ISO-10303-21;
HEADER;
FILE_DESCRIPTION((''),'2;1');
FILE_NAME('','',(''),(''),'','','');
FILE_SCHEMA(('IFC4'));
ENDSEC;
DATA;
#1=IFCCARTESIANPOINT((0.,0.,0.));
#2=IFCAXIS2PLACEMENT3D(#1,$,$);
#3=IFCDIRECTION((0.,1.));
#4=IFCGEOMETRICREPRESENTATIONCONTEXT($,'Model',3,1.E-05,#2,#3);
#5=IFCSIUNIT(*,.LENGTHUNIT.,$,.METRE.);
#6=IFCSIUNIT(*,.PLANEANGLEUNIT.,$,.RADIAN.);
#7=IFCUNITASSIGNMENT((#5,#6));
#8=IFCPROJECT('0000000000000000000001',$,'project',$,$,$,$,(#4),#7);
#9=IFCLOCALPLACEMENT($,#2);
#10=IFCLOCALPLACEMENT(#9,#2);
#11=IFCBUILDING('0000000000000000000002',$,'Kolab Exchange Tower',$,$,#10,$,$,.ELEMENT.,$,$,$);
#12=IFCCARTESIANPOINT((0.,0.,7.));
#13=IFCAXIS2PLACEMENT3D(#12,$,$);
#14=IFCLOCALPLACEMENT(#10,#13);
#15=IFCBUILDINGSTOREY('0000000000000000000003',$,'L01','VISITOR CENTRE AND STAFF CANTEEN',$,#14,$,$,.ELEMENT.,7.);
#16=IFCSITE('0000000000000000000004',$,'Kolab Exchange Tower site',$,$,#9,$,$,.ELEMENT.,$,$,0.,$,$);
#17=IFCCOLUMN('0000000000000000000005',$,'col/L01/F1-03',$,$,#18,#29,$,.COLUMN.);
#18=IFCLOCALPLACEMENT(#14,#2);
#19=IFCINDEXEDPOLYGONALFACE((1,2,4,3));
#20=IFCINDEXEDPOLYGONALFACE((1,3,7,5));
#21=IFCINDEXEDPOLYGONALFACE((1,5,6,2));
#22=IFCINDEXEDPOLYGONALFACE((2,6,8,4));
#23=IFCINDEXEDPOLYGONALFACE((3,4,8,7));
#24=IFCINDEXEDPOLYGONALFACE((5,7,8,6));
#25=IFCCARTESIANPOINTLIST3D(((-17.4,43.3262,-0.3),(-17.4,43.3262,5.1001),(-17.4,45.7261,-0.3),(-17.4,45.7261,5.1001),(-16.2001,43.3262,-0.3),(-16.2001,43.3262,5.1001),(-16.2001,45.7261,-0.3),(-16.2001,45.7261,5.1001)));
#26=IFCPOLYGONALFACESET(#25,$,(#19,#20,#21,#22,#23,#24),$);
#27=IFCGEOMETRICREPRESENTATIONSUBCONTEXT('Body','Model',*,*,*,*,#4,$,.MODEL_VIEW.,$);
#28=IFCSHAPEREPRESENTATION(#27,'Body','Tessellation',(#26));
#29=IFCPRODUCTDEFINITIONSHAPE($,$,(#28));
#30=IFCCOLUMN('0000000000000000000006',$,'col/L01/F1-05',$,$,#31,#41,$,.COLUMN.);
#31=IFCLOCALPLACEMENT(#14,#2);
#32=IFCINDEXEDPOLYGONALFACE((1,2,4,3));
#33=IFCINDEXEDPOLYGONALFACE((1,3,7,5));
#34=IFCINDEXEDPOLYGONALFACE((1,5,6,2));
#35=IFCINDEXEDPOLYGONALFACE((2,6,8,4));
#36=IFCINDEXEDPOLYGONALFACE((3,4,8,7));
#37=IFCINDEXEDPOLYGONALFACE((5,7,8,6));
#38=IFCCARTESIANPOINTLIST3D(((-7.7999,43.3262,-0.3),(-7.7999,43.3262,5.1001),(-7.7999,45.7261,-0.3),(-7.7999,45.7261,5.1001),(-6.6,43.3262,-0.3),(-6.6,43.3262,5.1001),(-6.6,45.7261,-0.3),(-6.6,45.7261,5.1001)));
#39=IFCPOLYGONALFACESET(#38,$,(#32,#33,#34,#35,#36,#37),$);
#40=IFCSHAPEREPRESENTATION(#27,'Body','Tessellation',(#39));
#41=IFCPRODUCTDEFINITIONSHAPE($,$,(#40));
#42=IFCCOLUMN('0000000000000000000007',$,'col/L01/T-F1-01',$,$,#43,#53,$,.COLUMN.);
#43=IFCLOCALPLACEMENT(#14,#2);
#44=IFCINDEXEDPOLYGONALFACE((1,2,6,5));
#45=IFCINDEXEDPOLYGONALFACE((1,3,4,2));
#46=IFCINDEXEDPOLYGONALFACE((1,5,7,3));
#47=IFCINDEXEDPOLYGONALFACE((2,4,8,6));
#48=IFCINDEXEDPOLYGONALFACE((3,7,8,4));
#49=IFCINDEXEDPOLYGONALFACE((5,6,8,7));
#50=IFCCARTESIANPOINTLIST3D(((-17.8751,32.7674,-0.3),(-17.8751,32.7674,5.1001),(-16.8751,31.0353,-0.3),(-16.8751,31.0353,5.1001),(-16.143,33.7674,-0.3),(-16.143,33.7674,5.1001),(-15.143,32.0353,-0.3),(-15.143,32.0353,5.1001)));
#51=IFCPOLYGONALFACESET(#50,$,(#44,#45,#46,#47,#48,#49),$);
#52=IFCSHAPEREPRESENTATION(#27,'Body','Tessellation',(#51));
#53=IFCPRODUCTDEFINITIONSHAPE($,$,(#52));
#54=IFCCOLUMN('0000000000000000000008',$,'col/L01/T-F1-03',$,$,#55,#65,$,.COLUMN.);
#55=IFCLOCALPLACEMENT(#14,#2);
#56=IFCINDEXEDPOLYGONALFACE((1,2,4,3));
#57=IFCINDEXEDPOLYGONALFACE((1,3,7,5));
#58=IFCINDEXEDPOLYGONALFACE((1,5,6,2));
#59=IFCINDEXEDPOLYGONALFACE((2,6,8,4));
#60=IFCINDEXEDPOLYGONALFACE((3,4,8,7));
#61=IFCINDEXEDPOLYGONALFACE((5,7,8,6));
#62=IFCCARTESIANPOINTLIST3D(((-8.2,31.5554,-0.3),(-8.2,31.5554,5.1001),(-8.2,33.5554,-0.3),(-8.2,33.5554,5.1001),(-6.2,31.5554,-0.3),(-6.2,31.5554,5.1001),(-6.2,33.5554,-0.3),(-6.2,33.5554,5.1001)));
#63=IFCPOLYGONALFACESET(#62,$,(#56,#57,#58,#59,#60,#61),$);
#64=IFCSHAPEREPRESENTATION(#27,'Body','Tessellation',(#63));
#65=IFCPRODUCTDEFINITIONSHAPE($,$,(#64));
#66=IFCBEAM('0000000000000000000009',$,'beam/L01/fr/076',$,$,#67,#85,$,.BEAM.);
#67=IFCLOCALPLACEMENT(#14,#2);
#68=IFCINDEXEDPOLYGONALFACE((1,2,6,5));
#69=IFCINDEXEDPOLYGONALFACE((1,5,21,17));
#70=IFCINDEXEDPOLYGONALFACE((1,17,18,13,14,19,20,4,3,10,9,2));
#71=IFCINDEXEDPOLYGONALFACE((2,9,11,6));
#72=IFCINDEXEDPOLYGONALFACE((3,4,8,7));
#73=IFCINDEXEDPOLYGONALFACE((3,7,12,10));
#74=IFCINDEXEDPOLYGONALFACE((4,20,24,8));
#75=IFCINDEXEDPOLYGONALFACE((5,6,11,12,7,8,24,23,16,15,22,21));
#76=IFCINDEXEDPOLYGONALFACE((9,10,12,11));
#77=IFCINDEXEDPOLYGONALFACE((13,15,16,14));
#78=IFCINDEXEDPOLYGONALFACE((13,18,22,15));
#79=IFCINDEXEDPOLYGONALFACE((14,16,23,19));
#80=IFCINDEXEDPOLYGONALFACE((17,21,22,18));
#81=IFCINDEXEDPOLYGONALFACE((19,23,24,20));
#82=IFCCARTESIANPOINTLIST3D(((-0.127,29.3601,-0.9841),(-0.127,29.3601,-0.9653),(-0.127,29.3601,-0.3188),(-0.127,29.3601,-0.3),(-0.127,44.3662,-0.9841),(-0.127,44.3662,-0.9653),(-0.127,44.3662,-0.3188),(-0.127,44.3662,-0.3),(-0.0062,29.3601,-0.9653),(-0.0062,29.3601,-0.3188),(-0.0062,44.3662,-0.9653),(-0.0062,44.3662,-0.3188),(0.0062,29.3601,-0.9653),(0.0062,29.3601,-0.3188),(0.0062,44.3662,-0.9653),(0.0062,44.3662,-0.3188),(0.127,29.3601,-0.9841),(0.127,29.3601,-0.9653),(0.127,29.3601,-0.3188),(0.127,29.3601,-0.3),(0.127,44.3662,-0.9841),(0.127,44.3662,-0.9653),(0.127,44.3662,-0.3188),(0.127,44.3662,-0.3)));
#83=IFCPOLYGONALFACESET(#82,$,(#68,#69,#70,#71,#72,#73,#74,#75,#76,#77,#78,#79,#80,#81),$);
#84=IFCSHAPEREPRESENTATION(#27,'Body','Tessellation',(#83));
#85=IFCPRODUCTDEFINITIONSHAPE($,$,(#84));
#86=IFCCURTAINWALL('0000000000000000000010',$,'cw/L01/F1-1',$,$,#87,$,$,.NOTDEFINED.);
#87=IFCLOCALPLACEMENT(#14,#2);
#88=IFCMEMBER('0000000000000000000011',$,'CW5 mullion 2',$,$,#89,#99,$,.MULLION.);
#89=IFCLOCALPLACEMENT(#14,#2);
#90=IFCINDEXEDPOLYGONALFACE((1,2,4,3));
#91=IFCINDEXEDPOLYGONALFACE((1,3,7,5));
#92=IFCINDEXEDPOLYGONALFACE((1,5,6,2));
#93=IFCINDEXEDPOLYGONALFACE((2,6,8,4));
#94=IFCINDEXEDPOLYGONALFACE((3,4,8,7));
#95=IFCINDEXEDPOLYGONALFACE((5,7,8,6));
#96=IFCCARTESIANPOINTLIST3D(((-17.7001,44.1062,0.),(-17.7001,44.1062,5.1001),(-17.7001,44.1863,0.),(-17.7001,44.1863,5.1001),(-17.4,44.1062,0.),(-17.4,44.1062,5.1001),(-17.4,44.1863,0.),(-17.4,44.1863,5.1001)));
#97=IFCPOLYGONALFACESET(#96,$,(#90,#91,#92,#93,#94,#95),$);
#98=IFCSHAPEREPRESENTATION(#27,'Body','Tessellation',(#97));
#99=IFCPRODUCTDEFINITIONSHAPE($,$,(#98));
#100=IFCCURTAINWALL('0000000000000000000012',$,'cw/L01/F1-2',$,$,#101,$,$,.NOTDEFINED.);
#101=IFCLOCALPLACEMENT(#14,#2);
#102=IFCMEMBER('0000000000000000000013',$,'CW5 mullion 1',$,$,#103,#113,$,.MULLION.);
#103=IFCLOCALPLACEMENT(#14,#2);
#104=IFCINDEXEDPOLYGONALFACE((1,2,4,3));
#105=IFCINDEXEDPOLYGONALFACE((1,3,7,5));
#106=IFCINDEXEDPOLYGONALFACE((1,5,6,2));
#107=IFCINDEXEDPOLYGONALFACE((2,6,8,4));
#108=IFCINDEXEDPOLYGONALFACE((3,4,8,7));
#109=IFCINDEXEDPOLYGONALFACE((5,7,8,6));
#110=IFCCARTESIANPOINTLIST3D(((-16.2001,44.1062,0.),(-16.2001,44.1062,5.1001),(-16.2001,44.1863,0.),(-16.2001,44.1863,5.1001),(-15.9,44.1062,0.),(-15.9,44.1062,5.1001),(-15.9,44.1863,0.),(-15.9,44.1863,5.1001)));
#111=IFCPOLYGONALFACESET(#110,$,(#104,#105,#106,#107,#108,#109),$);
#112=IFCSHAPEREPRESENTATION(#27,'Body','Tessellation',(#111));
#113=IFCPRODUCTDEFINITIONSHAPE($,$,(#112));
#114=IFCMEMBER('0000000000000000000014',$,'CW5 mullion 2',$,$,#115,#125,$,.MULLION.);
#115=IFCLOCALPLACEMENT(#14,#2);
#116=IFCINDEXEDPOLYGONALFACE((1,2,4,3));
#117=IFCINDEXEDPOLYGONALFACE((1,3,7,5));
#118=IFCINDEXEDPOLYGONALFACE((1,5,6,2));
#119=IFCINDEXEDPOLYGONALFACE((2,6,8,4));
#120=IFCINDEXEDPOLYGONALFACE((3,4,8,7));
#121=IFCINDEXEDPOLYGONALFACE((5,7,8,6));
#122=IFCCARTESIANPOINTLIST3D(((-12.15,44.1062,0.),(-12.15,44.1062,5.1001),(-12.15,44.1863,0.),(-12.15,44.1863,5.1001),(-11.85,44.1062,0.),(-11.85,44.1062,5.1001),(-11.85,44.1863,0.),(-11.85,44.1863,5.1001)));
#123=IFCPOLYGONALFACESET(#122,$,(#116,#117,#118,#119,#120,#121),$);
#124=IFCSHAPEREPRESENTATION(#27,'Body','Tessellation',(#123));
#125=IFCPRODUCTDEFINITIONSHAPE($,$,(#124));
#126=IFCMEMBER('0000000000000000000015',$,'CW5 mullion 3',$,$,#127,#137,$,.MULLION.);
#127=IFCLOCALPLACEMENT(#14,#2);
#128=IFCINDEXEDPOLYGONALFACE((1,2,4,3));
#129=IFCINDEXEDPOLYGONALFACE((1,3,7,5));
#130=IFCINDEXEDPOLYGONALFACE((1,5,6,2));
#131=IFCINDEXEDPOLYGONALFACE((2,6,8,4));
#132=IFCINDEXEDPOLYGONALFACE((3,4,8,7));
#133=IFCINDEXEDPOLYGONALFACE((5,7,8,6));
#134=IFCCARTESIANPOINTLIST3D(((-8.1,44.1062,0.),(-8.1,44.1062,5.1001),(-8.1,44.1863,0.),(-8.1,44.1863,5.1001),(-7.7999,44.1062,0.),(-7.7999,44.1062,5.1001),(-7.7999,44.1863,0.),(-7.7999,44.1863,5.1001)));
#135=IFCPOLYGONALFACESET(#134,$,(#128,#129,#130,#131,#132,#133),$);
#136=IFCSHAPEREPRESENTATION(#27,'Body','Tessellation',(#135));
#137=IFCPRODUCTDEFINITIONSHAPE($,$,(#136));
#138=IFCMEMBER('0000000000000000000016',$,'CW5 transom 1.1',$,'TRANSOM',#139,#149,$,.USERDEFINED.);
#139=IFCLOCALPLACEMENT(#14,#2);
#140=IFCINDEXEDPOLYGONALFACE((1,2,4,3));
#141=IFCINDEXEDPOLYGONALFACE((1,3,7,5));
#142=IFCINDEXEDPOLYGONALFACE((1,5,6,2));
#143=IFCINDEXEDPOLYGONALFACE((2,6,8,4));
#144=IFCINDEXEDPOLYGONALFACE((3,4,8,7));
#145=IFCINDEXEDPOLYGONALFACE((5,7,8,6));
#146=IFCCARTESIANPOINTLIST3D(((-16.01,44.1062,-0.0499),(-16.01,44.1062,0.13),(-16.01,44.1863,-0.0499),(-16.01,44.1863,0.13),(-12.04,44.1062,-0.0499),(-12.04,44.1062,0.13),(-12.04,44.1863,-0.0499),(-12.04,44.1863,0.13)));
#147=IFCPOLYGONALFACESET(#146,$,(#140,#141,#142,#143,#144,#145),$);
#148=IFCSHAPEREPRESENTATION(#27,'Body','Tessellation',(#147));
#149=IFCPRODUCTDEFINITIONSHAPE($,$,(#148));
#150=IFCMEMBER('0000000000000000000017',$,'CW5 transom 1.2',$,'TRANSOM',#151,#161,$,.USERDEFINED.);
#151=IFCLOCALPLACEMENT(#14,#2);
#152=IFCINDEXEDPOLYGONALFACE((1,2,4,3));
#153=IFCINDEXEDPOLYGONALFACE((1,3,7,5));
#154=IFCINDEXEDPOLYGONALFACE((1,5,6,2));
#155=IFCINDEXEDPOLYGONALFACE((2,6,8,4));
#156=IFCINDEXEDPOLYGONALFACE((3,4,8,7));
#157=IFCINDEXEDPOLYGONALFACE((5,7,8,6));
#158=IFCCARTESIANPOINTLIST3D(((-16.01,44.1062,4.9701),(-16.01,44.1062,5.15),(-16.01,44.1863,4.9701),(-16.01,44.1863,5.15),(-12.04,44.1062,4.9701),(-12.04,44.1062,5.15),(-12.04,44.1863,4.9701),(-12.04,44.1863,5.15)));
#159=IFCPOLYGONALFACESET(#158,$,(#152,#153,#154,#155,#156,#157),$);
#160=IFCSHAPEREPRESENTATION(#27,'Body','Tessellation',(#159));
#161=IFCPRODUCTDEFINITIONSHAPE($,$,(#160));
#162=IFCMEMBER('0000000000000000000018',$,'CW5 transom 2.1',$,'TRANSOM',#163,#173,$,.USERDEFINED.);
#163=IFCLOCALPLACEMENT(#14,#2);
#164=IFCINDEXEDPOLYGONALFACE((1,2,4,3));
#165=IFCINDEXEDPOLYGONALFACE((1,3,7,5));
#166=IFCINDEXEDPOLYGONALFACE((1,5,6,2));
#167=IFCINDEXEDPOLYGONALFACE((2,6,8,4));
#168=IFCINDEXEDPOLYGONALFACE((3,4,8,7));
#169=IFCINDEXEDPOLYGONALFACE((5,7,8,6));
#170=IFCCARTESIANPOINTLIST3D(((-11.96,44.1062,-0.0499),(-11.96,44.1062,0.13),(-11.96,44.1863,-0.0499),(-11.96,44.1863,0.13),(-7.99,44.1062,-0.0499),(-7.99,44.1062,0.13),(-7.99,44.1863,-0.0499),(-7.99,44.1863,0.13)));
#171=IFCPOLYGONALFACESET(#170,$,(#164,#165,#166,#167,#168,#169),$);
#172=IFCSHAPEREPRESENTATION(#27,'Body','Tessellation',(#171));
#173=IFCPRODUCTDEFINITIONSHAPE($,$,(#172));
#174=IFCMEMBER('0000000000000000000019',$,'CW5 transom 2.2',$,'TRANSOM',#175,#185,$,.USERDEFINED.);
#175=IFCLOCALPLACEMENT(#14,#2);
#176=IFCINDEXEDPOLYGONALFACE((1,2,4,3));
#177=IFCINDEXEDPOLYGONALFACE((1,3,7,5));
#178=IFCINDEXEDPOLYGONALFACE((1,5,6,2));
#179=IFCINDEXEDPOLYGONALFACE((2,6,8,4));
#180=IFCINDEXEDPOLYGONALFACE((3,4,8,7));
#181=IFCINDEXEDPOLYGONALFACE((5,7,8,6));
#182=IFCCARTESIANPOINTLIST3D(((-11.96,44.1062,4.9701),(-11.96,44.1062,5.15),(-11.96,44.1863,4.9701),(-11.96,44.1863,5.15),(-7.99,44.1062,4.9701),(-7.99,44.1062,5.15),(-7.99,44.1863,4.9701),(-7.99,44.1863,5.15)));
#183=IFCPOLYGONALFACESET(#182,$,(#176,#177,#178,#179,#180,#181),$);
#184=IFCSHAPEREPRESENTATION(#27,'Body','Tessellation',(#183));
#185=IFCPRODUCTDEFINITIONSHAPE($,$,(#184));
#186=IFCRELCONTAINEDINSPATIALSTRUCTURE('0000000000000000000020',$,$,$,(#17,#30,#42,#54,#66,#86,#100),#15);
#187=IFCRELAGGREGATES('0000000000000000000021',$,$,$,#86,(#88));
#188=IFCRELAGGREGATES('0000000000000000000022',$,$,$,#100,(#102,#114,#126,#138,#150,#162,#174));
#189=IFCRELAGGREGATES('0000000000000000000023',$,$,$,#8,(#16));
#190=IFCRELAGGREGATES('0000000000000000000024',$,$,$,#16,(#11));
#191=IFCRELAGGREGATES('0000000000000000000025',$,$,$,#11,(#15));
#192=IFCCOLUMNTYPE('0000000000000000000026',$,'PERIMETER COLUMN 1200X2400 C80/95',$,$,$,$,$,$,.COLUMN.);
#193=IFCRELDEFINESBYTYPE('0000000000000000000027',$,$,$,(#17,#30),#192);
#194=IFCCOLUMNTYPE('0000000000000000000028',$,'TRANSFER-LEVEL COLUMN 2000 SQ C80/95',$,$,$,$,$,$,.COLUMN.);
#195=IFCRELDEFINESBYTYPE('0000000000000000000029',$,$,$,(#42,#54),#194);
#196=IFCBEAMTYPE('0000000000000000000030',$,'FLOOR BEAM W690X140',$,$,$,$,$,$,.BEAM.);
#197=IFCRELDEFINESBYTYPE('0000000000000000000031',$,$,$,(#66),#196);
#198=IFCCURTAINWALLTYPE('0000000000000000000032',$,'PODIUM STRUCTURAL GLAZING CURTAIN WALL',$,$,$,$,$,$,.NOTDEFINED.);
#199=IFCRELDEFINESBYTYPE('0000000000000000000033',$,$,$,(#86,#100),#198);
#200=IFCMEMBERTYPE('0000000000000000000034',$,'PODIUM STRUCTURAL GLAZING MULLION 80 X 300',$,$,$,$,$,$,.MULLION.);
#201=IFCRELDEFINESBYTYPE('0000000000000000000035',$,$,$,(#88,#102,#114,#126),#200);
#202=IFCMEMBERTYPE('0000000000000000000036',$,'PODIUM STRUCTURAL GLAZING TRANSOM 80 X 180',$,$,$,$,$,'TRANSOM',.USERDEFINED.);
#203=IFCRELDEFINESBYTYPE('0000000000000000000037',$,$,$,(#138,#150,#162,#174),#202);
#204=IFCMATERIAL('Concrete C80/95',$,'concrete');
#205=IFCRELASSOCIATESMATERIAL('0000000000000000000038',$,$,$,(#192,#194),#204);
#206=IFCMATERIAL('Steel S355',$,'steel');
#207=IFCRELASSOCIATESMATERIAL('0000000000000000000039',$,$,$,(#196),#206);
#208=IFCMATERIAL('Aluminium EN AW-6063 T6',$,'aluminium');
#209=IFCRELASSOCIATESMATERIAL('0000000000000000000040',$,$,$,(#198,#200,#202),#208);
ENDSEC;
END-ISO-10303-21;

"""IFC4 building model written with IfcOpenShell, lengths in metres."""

from ifc_helpers import new_model, si_unit, direction, frame, origin, origin_2d, place, context, subcontext, project, spatial, rectangle, i_section, extrude, material, material_profile, profile_set, type_object, element, aggregate, save


model = new_model("IFC4")

# Units and contexts
model_context = context("Model", 3, precision=1e-05, world=origin(), true_north=direction((0.0, 1.0)))
body_context = subcontext(model_context, "Body", "Model", "MODEL_VIEW")
ifc_project = project(units=[si_unit("LENGTHUNIT", "METRE"), si_unit("PLANEANGLEUNIT", "RADIAN")], contexts=[model_context])

# Site, building, storey
site_placement = place(None, origin())
site = spatial("IfcSite", under=ifc_project, at=site_placement, Name="Kolab Exchange Tower site", CompositionType="ELEMENT", RefElevation=0.0)
building_placement = place(site_placement, origin())
building = spatial("IfcBuilding", under=site, at=building_placement, Name="Kolab Exchange Tower", CompositionType="ELEMENT")
storey_placement = place(building_placement, frame((0.0, 0.0, 7.0)))
storey = spatial("IfcBuildingStorey", under=building, at=storey_placement, Name="L01", Description="VISITOR CENTRE AND STAFF CANTEEN", CompositionType="ELEMENT", Elevation=7.0)

# Columns
ifc_material_1 = material(Name="Concrete C80/95", Category="concrete")
ifc_material_profile_1 = material_profile(ifc_material_1, rectangle(XDim=1.2, YDim=2.3999, at=origin_2d()), Name="RC1200X2400")
ifc_profile_set_1 = profile_set([ifc_material_profile_1], Name="Concrete C80/95")
column_type_1 = type_object("IfcColumnType", Name="PERIMETER COLUMN 1200X2400 C80/95", PredefinedType="COLUMN", material=ifc_profile_set_1)
for number, where, z_axis, x_axis, name in (
    (1, (-16.8, 44.5261, -0.3), (0.0, 0.0, 1.0), (1.0, 0.0, 0.0), "col/L01/F1-03"),
    (2, (-7.2, 44.5261, -0.3), (0.0, 0.0, 1.0), (1.0, 0.0, 0.0), "col/L01/F1-05"),
):
    element("IfcColumn", number, at=place(storey_placement, frame(where, z_axis=z_axis, x_axis=x_axis)), inside=storey, type_object=column_type_1, Name=name, PredefinedType="COLUMN", context=body_context, shape_type="SweptSolid", body=[
        extrude(rectangle(XDim=1.2, YDim=2.3999, at=origin_2d()), origin(), (0.0, 0.0, 1.0), 5.4001),
    ])
ifc_material_profile_2 = material_profile(ifc_material_1, rectangle(XDim=2.0, YDim=2.0, at=origin_2d()), Name="RC2000")
ifc_profile_set_2 = profile_set([ifc_material_profile_2], Name="Concrete C80/95")
column_type_2 = type_object("IfcColumnType", Name="TRANSFER-LEVEL COLUMN 2000 SQ C80/95", PredefinedType="COLUMN", material=ifc_profile_set_2)
for number, where, z_axis, x_axis, name in (
    (3, (-16.509, 32.4014, -0.3), (0.0, 0.0, 1.0), (0.866025, 0.5, 0.0), "col/L01/T-F1-01"),
    (4, (-7.2, 32.5554, -0.3), (0.0, 0.0, 1.0), (1.0, 0.0, 0.0), "col/L01/T-F1-03"),
):
    element("IfcColumn", number, at=place(storey_placement, frame(where, z_axis=z_axis, x_axis=x_axis)), inside=storey, type_object=column_type_2, Name=name, PredefinedType="COLUMN", context=body_context, shape_type="SweptSolid", body=[
        extrude(rectangle(XDim=2.0, YDim=2.0, at=origin_2d()), origin(), (0.0, 0.0, 1.0), 5.4001),
    ])

# Beam
ifc_material_2 = material(Name="Steel S355", Category="steel")
ifc_material_profile_3 = material_profile(ifc_material_2, i_section(OverallWidth=0.2539, OverallDepth=0.6841, WebThickness=0.0125, FlangeThickness=0.0188, at=origin_2d()), Name="W690X140")
ifc_profile_set_3 = profile_set([ifc_material_profile_3], Name="Steel S355")
beam_type_1 = type_object("IfcBeamType", Name="FLOOR BEAM W690X140", PredefinedType="BEAM", material=ifc_profile_set_3)
beam_1_placement = place(storey_placement, frame((0.0, 29.3601, -0.6421), z_axis=(0.0, 1.0, 0.0), x_axis=(-1.0, 0.0, 0.0)))
element("IfcBeam", 5, at=beam_1_placement, inside=storey, type_object=beam_type_1, Name="beam/L01/fr/076", PredefinedType="BEAM", context=body_context, shape_type="SweptSolid", body=[
    extrude(i_section(OverallWidth=0.2539, OverallDepth=0.6841, WebThickness=0.0125, FlangeThickness=0.0188, at=origin_2d()), origin(), (0.0, 0.0, 1.0), 15.0061),
])

# Curtain wall, member
ifc_material_3 = material(Name="Aluminium EN AW-6063 T6", Category="aluminium")
curtain_wall_type = type_object("IfcCurtainWallType", Name="PODIUM STRUCTURAL GLAZING CURTAIN WALL", PredefinedType="NOTDEFINED", material=ifc_material_3)
curtain_wall_1_placement = place(storey_placement, origin())
curtain_wall_1 = element("IfcCurtainWall", 6, at=curtain_wall_1_placement, inside=storey, type_object=curtain_wall_type, Name="cw/L01/F1-1", PredefinedType="NOTDEFINED")
ifc_material_profile_4 = material_profile(ifc_material_3, rectangle(XDim=0.0801, YDim=0.3, at=origin_2d()), Name="RECT 80X300")
ifc_profile_set_4 = profile_set([ifc_material_profile_4], Name="Aluminium EN AW-6063 T6")
member_type_1 = type_object("IfcMemberType", Name="PODIUM STRUCTURAL GLAZING MULLION 80 X 300", PredefinedType="MULLION", material=ifc_profile_set_4)
member_1_placement = place(storey_placement, frame((-17.55, 44.1462, 0.0), z_axis=(0.0, 0.0, 1.0), x_axis=(0.0, 1.0, 0.0)))
member_1 = element("IfcMember", 7, at=member_1_placement, type_object=member_type_1, Name="CW5 mullion 2", PredefinedType="MULLION", context=body_context, shape_type="SweptSolid", body=[
    extrude(rectangle(XDim=0.0801, YDim=0.3, at=origin_2d()), origin(), (0.0, 0.0, 1.0), 5.1001),
])
aggregate(curtain_wall_1, [member_1])

# Curtain wall, members
curtain_wall_2_placement = place(storey_placement, origin())
curtain_wall_2 = element("IfcCurtainWall", 8, at=curtain_wall_2_placement, inside=storey, type_object=curtain_wall_type, Name="cw/L01/F1-2", PredefinedType="NOTDEFINED")
member_2_placement = place(storey_placement, frame((-16.05, 44.1462, 0.0), z_axis=(0.0, 0.0, 1.0), x_axis=(0.0, 1.0, 0.0)))
member_2 = element("IfcMember", 9, at=member_2_placement, type_object=member_type_1, Name="CW5 mullion 1", PredefinedType="MULLION", context=body_context, shape_type="SweptSolid", body=[
    extrude(rectangle(XDim=0.0801, YDim=0.3, at=origin_2d()), origin(), (0.0, 0.0, 1.0), 5.1001),
])
member_3_placement = place(storey_placement, frame((-12.0, 44.1462, 0.0), z_axis=(0.0, 0.0, 1.0), x_axis=(0.0, 1.0, 0.0)))
member_3 = element("IfcMember", 10, at=member_3_placement, type_object=member_type_1, Name="CW5 mullion 2", PredefinedType="MULLION", context=body_context, shape_type="SweptSolid", body=[
    extrude(rectangle(XDim=0.0801, YDim=0.3, at=origin_2d()), origin(), (0.0, 0.0, 1.0), 5.1001),
])
member_4_placement = place(storey_placement, frame((-7.95, 44.1462, 0.0), z_axis=(0.0, 0.0, 1.0), x_axis=(0.0, 1.0, 0.0)))
member_4 = element("IfcMember", 11, at=member_4_placement, type_object=member_type_1, Name="CW5 mullion 3", PredefinedType="MULLION", context=body_context, shape_type="SweptSolid", body=[
    extrude(rectangle(XDim=0.0801, YDim=0.3, at=origin_2d()), origin(), (0.0, 0.0, 1.0), 5.1001),
])
ifc_material_profile_5 = material_profile(ifc_material_3, rectangle(XDim=0.0801, YDim=0.1799, at=origin_2d()), Name="RECT 80X180")
ifc_profile_set_5 = profile_set([ifc_material_profile_5], Name="Aluminium EN AW-6063 T6")
member_type_2 = type_object("IfcMemberType", Name="PODIUM STRUCTURAL GLAZING TRANSOM 80 X 180", ElementType="TRANSOM", PredefinedType="USERDEFINED", material=ifc_profile_set_5)
member_5_placement = place(storey_placement, frame((-16.01, 44.1462, 0.04), z_axis=(1.0, 0.0, 0.0), x_axis=(0.0, 1.0, 0.0)))
member_5 = element("IfcMember", 12, at=member_5_placement, type_object=member_type_2, Name="CW5 transom 1.1", ObjectType="TRANSOM", PredefinedType="USERDEFINED", context=body_context, shape_type="SweptSolid", body=[
    extrude(rectangle(XDim=0.0801, YDim=0.1799, at=origin_2d()), origin(), (0.0, 0.0, 1.0), 3.97),
])
member_6_placement = place(storey_placement, frame((-16.01, 44.1462, 5.0601), z_axis=(1.0, 0.0, 0.0), x_axis=(0.0, 1.0, 0.0)))
member_6 = element("IfcMember", 13, at=member_6_placement, type_object=member_type_2, Name="CW5 transom 1.2", ObjectType="TRANSOM", PredefinedType="USERDEFINED", context=body_context, shape_type="SweptSolid", body=[
    extrude(rectangle(XDim=0.0801, YDim=0.1799, at=origin_2d()), origin(), (0.0, 0.0, 1.0), 3.97),
])
member_7_placement = place(storey_placement, frame((-11.96, 44.1462, 0.04), z_axis=(1.0, 0.0, 0.0), x_axis=(0.0, 1.0, 0.0)))
member_7 = element("IfcMember", 14, at=member_7_placement, type_object=member_type_2, Name="CW5 transom 2.1", ObjectType="TRANSOM", PredefinedType="USERDEFINED", context=body_context, shape_type="SweptSolid", body=[
    extrude(rectangle(XDim=0.0801, YDim=0.1799, at=origin_2d()), origin(), (0.0, 0.0, 1.0), 3.97),
])
member_8_placement = place(storey_placement, frame((-11.96, 44.1462, 5.0601), z_axis=(1.0, 0.0, 0.0), x_axis=(0.0, 1.0, 0.0)))
member_8 = element("IfcMember", 15, at=member_8_placement, type_object=member_type_2, Name="CW5 transom 2.2", ObjectType="TRANSOM", PredefinedType="USERDEFINED", context=body_context, shape_type="SweptSolid", body=[
    extrude(rectangle(XDim=0.0801, YDim=0.1799, at=origin_2d()), origin(), (0.0, 0.0, 1.0), 3.97),
])

aggregate(curtain_wall_2, [member_2, member_3, member_4, member_5, member_6, member_7, member_8])

save(model, "model.ifc")
